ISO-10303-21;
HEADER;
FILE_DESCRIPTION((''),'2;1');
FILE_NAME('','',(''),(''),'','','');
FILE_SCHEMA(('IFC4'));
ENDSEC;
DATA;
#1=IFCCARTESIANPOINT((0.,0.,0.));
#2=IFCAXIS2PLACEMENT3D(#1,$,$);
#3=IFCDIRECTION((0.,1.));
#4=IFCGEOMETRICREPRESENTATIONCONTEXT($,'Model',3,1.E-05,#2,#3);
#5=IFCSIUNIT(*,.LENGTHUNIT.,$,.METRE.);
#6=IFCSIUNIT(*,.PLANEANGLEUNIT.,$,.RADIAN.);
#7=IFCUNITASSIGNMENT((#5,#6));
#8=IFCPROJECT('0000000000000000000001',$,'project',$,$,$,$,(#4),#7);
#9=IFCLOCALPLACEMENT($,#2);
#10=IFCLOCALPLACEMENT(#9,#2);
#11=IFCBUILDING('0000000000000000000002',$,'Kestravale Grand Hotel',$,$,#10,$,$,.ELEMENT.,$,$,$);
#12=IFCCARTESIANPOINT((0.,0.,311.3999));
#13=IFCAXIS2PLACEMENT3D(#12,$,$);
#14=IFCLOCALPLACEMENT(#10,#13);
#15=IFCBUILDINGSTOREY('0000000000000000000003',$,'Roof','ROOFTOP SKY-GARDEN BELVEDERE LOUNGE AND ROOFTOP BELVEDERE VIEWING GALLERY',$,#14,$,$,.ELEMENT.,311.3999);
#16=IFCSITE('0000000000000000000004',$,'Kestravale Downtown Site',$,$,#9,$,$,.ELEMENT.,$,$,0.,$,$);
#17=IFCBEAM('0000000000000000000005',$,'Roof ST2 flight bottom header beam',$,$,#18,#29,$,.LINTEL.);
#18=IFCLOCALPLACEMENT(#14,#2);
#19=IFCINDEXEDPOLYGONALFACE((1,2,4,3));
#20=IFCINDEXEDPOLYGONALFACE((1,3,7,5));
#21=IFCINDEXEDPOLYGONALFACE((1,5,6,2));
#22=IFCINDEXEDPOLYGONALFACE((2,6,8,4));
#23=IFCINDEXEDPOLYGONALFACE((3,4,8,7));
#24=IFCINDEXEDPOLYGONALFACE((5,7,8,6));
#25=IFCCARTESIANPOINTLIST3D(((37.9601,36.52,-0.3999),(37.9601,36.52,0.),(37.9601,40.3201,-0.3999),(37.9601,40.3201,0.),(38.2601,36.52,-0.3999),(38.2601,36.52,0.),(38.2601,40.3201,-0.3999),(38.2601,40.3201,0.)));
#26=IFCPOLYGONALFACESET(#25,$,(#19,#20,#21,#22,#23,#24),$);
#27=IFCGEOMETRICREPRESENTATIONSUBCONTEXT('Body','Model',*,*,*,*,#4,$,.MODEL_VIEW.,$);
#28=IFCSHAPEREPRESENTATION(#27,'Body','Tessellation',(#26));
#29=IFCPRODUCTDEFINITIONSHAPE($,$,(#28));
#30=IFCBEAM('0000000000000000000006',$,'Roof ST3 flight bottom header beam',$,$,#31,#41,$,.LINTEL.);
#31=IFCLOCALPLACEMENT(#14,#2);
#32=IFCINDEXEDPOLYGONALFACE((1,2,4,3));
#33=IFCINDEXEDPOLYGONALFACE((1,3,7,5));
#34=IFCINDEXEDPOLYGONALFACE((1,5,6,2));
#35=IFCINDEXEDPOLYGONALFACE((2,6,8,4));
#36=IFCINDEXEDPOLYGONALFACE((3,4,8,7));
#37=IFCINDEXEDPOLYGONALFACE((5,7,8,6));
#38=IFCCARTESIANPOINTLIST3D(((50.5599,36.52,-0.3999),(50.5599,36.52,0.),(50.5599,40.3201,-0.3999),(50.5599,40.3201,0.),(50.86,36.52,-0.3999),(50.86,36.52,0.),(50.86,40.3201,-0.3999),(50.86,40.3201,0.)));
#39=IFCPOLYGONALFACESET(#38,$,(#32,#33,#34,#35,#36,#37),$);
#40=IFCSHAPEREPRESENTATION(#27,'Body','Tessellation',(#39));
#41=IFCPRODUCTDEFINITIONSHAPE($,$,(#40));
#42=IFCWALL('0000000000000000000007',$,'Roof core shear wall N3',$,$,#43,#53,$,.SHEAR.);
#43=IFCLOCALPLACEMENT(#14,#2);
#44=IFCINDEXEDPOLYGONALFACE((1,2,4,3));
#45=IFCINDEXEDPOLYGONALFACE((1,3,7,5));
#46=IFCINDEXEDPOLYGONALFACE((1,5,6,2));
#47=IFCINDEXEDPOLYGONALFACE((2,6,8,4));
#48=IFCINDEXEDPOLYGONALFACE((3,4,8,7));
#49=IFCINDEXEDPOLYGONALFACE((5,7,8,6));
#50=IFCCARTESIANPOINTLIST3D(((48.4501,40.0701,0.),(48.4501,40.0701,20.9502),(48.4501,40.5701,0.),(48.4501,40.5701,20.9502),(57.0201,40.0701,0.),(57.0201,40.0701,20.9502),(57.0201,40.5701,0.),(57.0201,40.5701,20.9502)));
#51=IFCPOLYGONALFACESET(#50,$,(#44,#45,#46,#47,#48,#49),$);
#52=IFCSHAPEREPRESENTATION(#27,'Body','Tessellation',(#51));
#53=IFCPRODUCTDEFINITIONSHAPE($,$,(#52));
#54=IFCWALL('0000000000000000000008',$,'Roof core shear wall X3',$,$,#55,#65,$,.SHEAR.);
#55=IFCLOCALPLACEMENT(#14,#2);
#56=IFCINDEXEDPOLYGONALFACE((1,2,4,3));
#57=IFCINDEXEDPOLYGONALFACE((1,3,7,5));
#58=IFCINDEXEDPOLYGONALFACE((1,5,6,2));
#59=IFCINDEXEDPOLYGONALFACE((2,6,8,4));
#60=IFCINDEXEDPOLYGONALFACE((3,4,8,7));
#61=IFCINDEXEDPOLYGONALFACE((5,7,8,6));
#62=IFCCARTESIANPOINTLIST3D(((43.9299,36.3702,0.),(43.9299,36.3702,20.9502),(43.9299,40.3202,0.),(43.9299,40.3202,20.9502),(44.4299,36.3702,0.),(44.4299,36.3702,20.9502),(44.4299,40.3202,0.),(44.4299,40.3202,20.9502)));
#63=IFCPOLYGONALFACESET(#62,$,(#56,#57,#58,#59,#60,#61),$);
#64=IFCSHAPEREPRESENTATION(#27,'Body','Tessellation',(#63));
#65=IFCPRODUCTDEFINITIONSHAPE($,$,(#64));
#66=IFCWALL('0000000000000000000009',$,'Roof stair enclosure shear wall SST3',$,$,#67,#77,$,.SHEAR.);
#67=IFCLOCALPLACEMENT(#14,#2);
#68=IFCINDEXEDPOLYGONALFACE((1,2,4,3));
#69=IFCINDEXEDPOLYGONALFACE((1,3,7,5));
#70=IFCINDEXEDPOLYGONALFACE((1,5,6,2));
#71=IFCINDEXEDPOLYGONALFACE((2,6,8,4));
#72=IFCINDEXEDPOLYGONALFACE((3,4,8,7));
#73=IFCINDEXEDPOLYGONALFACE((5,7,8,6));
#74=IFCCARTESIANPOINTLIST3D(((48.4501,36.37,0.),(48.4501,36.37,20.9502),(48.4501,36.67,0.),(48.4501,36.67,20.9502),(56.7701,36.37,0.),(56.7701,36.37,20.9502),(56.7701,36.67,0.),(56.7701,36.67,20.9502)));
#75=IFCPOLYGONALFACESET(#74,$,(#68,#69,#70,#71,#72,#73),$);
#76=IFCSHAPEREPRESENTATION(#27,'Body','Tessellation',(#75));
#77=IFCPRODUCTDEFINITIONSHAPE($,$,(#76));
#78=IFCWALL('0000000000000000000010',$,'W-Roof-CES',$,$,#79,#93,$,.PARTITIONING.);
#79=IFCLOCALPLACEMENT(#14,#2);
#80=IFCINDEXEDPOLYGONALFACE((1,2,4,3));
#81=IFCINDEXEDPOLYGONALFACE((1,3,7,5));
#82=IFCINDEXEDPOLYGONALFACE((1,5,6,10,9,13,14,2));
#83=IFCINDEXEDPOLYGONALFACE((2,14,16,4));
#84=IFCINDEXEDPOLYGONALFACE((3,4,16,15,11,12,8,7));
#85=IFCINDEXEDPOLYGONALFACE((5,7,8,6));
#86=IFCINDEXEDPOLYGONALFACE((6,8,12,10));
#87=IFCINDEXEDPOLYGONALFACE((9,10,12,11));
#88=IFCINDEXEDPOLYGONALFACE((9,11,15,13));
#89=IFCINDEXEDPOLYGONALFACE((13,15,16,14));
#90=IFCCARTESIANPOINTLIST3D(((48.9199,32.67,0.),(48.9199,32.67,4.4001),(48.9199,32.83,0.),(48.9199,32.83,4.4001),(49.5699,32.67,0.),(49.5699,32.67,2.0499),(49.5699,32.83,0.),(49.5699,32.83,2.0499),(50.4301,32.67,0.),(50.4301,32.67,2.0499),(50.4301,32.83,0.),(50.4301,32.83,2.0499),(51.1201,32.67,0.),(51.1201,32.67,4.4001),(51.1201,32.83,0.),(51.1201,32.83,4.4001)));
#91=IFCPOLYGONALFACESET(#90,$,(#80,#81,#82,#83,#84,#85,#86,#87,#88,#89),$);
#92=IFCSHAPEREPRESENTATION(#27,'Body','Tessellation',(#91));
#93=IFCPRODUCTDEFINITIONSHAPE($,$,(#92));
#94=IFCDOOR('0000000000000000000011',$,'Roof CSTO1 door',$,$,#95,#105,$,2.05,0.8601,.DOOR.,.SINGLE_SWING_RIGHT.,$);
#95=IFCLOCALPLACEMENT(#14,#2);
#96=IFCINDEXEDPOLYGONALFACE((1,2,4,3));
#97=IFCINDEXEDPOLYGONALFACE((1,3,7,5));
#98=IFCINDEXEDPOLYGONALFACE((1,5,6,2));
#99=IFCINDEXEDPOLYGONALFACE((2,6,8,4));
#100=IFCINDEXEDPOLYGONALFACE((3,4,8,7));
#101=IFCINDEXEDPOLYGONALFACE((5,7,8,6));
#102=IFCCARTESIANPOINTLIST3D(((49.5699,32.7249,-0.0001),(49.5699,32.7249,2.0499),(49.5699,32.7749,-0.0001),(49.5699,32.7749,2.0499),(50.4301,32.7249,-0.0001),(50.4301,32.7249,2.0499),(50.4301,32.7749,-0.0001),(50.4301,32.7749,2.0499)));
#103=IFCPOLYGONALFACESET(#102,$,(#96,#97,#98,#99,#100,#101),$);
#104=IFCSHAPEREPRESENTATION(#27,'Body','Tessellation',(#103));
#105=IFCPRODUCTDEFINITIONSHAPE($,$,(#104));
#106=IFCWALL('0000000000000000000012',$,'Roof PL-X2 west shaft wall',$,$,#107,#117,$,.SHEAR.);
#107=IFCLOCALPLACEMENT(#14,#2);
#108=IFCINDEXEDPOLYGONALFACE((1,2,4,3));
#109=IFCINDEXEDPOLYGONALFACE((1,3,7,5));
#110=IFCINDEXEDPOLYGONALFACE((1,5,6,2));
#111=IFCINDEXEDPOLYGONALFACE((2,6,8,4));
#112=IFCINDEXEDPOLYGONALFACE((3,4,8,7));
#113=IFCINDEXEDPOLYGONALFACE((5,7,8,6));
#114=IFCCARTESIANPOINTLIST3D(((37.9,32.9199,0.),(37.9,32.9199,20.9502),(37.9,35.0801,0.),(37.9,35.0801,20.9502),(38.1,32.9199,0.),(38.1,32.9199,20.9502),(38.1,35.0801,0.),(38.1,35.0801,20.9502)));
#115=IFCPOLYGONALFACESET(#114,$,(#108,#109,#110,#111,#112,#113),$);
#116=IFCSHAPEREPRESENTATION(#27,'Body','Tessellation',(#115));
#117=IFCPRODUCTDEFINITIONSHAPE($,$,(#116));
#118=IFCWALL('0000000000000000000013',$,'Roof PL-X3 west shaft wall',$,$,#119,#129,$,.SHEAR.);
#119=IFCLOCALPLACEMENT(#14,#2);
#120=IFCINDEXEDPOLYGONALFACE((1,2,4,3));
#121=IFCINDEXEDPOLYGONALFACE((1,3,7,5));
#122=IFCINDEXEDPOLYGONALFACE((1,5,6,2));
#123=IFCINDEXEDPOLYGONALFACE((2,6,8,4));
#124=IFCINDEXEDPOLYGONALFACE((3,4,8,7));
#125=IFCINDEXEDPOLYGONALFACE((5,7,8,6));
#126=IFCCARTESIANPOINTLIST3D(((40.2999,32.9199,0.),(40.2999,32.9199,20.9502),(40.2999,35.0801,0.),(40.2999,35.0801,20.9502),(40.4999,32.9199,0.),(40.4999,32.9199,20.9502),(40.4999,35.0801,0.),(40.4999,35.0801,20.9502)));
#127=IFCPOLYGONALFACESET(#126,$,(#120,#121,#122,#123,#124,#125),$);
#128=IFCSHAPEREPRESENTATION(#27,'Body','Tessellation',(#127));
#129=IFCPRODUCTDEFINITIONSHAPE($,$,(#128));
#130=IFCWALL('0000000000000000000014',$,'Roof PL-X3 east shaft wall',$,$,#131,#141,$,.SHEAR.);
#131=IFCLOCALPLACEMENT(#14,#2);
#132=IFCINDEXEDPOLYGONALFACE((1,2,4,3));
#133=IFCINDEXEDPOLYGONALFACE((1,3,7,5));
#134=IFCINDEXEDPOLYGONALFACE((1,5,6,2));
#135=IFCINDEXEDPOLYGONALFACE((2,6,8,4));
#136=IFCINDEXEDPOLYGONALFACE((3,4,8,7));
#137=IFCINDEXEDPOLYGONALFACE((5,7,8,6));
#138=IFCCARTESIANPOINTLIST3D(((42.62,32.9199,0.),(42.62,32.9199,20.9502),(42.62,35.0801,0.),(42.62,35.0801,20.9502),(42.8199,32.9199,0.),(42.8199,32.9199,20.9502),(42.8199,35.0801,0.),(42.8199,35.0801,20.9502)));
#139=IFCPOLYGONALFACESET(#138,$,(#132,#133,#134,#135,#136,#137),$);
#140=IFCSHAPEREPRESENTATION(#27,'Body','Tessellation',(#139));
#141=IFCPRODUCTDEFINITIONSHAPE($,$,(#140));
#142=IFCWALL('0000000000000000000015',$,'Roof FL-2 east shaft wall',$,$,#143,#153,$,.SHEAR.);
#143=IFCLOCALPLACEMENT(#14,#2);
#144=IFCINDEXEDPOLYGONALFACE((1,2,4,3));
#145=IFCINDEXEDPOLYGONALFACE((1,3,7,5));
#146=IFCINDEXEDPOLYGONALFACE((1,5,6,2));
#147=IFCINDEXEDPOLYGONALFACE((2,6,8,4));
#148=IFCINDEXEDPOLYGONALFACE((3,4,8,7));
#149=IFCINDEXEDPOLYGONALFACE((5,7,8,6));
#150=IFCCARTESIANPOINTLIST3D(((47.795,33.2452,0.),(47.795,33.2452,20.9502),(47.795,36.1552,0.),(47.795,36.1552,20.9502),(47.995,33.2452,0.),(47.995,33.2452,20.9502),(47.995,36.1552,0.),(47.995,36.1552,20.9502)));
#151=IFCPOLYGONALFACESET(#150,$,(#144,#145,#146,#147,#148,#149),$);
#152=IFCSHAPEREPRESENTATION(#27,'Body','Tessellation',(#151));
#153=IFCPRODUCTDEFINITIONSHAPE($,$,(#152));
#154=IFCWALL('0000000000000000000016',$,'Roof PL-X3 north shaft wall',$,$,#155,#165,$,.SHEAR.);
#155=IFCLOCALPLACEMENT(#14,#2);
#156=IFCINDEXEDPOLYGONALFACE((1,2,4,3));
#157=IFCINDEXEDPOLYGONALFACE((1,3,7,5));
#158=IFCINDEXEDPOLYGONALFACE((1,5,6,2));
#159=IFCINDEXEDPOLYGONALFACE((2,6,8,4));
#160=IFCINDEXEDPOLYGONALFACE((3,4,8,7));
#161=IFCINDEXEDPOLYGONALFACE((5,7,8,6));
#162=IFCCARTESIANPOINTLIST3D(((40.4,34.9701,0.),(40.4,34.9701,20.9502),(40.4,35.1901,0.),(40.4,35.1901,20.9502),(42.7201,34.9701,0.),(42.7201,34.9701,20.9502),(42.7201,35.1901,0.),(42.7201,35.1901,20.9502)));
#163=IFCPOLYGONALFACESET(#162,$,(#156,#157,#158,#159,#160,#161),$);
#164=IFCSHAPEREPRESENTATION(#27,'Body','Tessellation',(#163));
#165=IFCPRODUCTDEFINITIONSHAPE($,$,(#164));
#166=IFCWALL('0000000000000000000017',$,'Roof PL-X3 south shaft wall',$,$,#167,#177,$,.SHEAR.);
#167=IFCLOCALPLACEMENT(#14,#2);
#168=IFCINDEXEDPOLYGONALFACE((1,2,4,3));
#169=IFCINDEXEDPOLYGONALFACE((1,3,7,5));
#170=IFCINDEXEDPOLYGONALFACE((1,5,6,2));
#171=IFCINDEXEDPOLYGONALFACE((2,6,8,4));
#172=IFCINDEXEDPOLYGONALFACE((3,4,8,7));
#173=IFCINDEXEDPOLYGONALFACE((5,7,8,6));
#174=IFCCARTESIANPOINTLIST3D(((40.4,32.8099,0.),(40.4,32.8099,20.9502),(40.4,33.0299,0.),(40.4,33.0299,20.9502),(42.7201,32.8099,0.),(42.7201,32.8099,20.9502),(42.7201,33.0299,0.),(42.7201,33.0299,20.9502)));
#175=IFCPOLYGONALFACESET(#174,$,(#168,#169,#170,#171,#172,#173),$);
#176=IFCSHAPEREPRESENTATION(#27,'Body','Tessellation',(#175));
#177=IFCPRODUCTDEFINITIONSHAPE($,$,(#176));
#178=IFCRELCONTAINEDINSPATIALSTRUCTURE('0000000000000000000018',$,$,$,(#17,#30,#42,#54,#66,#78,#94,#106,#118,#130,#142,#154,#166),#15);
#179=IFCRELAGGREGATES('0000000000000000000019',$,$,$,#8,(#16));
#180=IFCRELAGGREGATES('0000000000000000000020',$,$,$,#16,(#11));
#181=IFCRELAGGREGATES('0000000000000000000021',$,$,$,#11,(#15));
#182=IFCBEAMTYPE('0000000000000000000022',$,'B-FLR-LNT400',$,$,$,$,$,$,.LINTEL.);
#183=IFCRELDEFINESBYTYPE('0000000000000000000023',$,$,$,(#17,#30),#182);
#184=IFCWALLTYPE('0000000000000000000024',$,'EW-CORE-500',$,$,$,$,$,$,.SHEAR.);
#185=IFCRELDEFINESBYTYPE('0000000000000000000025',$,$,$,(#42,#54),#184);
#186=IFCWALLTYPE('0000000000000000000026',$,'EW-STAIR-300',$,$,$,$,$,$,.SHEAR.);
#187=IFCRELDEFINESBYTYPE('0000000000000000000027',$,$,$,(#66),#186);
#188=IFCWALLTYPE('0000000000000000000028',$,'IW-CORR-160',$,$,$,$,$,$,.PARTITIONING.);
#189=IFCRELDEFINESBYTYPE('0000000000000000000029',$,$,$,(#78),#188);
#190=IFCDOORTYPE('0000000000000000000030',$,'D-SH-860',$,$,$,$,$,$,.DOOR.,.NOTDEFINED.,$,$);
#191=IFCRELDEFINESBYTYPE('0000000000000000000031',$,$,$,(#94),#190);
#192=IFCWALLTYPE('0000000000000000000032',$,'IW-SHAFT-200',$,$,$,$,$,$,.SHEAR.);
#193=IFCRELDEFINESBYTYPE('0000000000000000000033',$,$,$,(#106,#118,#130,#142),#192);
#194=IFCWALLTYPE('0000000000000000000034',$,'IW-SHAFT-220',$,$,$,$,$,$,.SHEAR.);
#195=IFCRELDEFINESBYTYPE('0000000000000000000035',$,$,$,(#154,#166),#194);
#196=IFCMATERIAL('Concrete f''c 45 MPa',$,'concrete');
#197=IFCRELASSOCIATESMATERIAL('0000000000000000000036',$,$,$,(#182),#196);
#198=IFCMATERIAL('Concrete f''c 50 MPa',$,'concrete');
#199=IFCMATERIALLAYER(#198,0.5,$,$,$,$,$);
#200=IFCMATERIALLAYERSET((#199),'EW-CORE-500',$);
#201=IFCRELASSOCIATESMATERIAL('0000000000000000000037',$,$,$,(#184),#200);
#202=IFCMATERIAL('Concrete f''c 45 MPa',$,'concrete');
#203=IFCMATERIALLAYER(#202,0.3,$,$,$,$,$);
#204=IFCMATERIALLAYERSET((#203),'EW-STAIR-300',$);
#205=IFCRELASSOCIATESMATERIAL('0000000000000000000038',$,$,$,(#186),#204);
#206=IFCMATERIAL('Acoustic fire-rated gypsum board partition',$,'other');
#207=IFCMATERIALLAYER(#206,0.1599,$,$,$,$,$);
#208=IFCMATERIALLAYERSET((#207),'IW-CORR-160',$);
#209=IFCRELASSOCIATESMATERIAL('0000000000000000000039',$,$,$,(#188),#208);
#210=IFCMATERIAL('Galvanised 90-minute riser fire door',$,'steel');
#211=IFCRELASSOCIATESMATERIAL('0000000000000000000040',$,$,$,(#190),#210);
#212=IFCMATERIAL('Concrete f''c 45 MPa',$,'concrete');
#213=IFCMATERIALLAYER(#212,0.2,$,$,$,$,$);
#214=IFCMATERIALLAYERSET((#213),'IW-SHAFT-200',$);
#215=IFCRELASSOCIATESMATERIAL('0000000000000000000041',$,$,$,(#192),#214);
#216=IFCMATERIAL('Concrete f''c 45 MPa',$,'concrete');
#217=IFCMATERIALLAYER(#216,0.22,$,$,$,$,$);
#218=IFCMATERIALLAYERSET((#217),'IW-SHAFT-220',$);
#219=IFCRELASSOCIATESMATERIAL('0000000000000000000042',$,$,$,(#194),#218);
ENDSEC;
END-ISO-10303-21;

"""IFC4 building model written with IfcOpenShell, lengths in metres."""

from ifc_helpers import new_model, si_unit, direction, frame, frame_2d, origin, origin_2d, place, context, subcontext, project, spatial, rectangle, extrude, material, layer, layer_set, material_profile, profile_set, type_object, element, fill, save


model = new_model("IFC4")

# Units and contexts
model_context = context("Model", 3, precision=1e-05, world=origin(), true_north=direction((0.0, 1.0)))
body_context = subcontext(model_context, "Body", "Model", "MODEL_VIEW")
ifc_project = project(units=[si_unit("LENGTHUNIT", "METRE"), si_unit("PLANEANGLEUNIT", "RADIAN")], contexts=[model_context])

# Site, building, storey
site_placement = place(None, origin())
site = spatial("IfcSite", under=ifc_project, at=site_placement, Name="Kestravale Downtown Site", CompositionType="ELEMENT", RefElevation=0.0)
building_placement = place(site_placement, origin())
building = spatial("IfcBuilding", under=site, at=building_placement, Name="Kestravale Grand Hotel", CompositionType="ELEMENT")
storey_placement = place(building_placement, frame((0.0, 0.0, 311.3999)))
storey = spatial("IfcBuildingStorey", under=building, at=storey_placement, Name="Roof", Description="ROOFTOP SKY-GARDEN BELVEDERE LOUNGE AND ROOFTOP BELVEDERE VIEWING GALLERY", CompositionType="ELEMENT", Elevation=311.3999)

# Beams
ifc_material_1 = material(Name="Concrete f'c 45 MPa", Category="concrete")
ifc_material_profile = material_profile(ifc_material_1, rectangle(XDim=0.3, YDim=0.3999, at=origin_2d()))
ifc_profile_set = profile_set([ifc_material_profile], Name="Concrete f'c 45 MPa")
beam_type = type_object("IfcBeamType", Name="B-FLR-LNT400", PredefinedType="LINTEL", material=ifc_profile_set)
for number, where, z_axis, x_axis, name in (
    (1, (38.1101, 36.52, -0.2), (0.0, 1.0, 0.0), (-1.0, 0.0, 0.0), "Roof ST2 flight bottom header beam"),
    (2, (50.71, 36.52, -0.2), (0.0, 1.0, 0.0), (-1.0, 0.0, 0.0), "Roof ST3 flight bottom header beam"),
):
    element("IfcBeam", number, at=place(storey_placement, frame(where, z_axis=z_axis, x_axis=x_axis)), inside=storey, type_object=beam_type, Name=name, PredefinedType="LINTEL", context=body_context, shape_type="SweptSolid", body=[
        extrude(rectangle(XDim=0.3, YDim=0.3999, at=origin_2d()), origin(), (0.0, 0.0, 1.0), 3.8),
    ])

# Walls
ifc_material_2 = material(Name="Concrete f'c 50 MPa", Category="concrete")
ifc_layer_1 = layer(ifc_material_2, 0.5)
ifc_layer_set_1 = layer_set([ifc_layer_1], Name="EW-CORE-500")
wall_type_1 = type_object("IfcWallType", Name="EW-CORE-500", PredefinedType="SHEAR", material=ifc_layer_set_1)
wall_1_placement = place(storey_placement, frame((48.45, 40.3201, 0.0), z_axis=(0.0, 0.0, 1.0), x_axis=(1.0, 0.0, 0.0)))
element("IfcWall", 3, at=wall_1_placement, inside=storey, type_object=wall_type_1, Name="Roof core shear wall N3", PredefinedType="SHEAR", context=body_context, shape_type="SweptSolid", body=[
    extrude(rectangle(XDim=8.5701, YDim=0.5, at=frame_2d((4.2852, 0.0))), origin(), (0.0, 0.0, 1.0), 20.9502),
])
wall_2_placement = place(storey_placement, frame((44.1799, 36.3701, 0.0), z_axis=(0.0, 0.0, 1.0), x_axis=(0.0, 1.0, 0.0)))
element("IfcWall", 4, at=wall_2_placement, inside=storey, type_object=wall_type_1, Name="Roof core shear wall X3", PredefinedType="SHEAR", context=body_context, shape_type="SweptSolid", body=[
    extrude(rectangle(XDim=3.95, YDim=0.5, at=frame_2d((1.9751, 0.0))), origin(), (0.0, 0.0, 1.0), 20.9502),
])
ifc_material_3 = material(Name="Concrete f'c 45 MPa", Category="concrete")
ifc_layer_2 = layer(ifc_material_3, 0.3)
ifc_layer_set_2 = layer_set([ifc_layer_2], Name="EW-STAIR-300")
wall_type_2 = type_object("IfcWallType", Name="EW-STAIR-300", PredefinedType="SHEAR", material=ifc_layer_set_2)
wall_3_placement = place(storey_placement, frame((48.45, 36.52, 0.0), z_axis=(0.0, 0.0, 1.0), x_axis=(1.0, 0.0, 0.0)))
element("IfcWall", 5, at=wall_3_placement, inside=storey, type_object=wall_type_2, Name="Roof stair enclosure shear wall SST3", PredefinedType="SHEAR", context=body_context, shape_type="SweptSolid", body=[
    extrude(rectangle(XDim=8.3201, YDim=0.3, at=frame_2d((4.1602, 0.0))), origin(), (0.0, 0.0, 1.0), 20.9502),
])

# Wall, opening, door
ifc_material_4 = material(Name="Acoustic fire-rated gypsum board partition", Category="other")
ifc_layer_3 = layer(ifc_material_4, 0.1599)
ifc_layer_set_3 = layer_set([ifc_layer_3], Name="IW-CORR-160")
wall_type_3 = type_object("IfcWallType", Name="IW-CORR-160", PredefinedType="PARTITIONING", material=ifc_layer_set_3)
wall_4_placement = place(storey_placement, frame((48.9199, 32.75, 0.0), z_axis=(0.0, 0.0, 1.0), x_axis=(1.0, 0.0, 0.0)))
wall_4 = element("IfcWall", 6, at=wall_4_placement, inside=storey, type_object=wall_type_3, Name="W-Roof-CES", PredefinedType="PARTITIONING", context=body_context, shape_type="SweptSolid", body=[
    extrude(rectangle(XDim=2.2002, YDim=0.1599, at=frame_2d((1.1001, 0.0))), origin(), (0.0, 0.0, 1.0), 4.4001),
])
opening_1_placement = place(wall_4_placement, frame((0.6499, 0.0, 0.0)))
opening_1 = element("IfcOpeningElement", 7, at=opening_1_placement, cuts=wall_4, PredefinedType="OPENING", context=body_context, shape_type="SweptSolid", body=[
    extrude(rectangle(XDim=0.8601, YDim=2.05, at=frame_2d((0.4302, 1.0249))), frame((0.0, 0.0898, 0.0), z_axis=(0.0, -1.0, 0.0), x_axis=(1.0, 0.0, 0.0)), (0.0, 0.0, 1.0), 0.1799),
])
ifc_material_5 = material(Name="Galvanised 90-minute riser fire door", Category="steel")
door_type_1 = type_object("IfcDoorType", Name="D-SH-860", OperationType="NOTDEFINED", PredefinedType="DOOR", material=ifc_material_5)
door_1_placement = place(opening_1_placement, origin())
door_1 = element("IfcDoor", 8, at=door_1_placement, inside=storey, type_object=door_type_1, Name="Roof CSTO1 door", OperationType="SINGLE_SWING_RIGHT", OverallHeight=2.05, OverallWidth=0.8601, PredefinedType="DOOR", context=body_context, shape_type="SweptSolid", body=[
    extrude(rectangle(XDim=0.8601, YDim=2.05, at=frame_2d((0.4302, 1.0249))), frame((0.0, 0.0249, 0.0), z_axis=(0.0, -1.0, 0.0), x_axis=(1.0, 0.0, 0.0)), (0.0, 0.0, 1.0), 0.05),
])
fill(opening_1, door_1)

# Walls
ifc_material_6 = material(Name="Concrete f'c 45 MPa", Category="concrete")
ifc_layer_4 = layer(ifc_material_6, 0.2)
ifc_layer_set_4 = layer_set([ifc_layer_4], Name="IW-SHAFT-200")
wall_type_4 = type_object("IfcWallType", Name="IW-SHAFT-200", PredefinedType="SHEAR", material=ifc_layer_set_4)
for number, where, z_axis, x_axis, name in (
    (9, (38.0, 32.9199, 0.0), (0.0, 0.0, 1.0), (0.0, 1.0, 0.0), "Roof PL-X2 west shaft wall"),
    (10, (40.3999, 32.9199, 0.0), (0.0, 0.0, 1.0), (0.0, 1.0, 0.0), "Roof PL-X3 west shaft wall"),
    (11, (42.72, 32.9199, 0.0), (0.0, 0.0, 1.0), (0.0, 1.0, 0.0), "Roof PL-X3 east shaft wall"),
):
    element("IfcWall", number, at=place(storey_placement, frame(where, z_axis=z_axis, x_axis=x_axis)), inside=storey, type_object=wall_type_4, Name=name, PredefinedType="SHEAR", context=body_context, shape_type="SweptSolid", body=[
        extrude(rectangle(XDim=2.1602, YDim=0.2, at=frame_2d((1.0801, 0.0))), origin(), (0.0, 0.0, 1.0), 20.9502),
    ])
wall_5_placement = place(storey_placement, frame((47.895, 33.2451, 0.0), z_axis=(0.0, 0.0, 1.0), x_axis=(0.0, 1.0, 0.0)))
element("IfcWall", 12, at=wall_5_placement, inside=storey, type_object=wall_type_4, Name="Roof FL-2 east shaft wall", PredefinedType="SHEAR", context=body_context, shape_type="SweptSolid", body=[
    extrude(rectangle(XDim=2.9099, YDim=0.2, at=frame_2d((1.4551, 0.0))), origin(), (0.0, 0.0, 1.0), 20.9502),
])
ifc_material_7 = material(Name="Concrete f'c 45 MPa", Category="concrete")
ifc_layer_5 = layer(ifc_material_7, 0.22)
ifc_layer_set_5 = layer_set([ifc_layer_5], Name="IW-SHAFT-220")
wall_type_5 = type_object("IfcWallType", Name="IW-SHAFT-220", PredefinedType="SHEAR", material=ifc_layer_set_5)
for number, where, z_axis, x_axis, name in (
    (13, (40.3999, 35.0801, 0.0), (0.0, 0.0, 1.0), (1.0, 0.0, 0.0), "Roof PL-X3 north shaft wall"),
    (14, (40.3999, 32.9199, 0.0), (0.0, 0.0, 1.0), (1.0, 0.0, 0.0), "Roof PL-X3 south shaft wall"),
):
    element("IfcWall", number, at=place(storey_placement, frame(where, z_axis=z_axis, x_axis=x_axis)), inside=storey, type_object=wall_type_5, Name=name, PredefinedType="SHEAR", context=body_context, shape_type="SweptSolid", body=[
        extrude(rectangle(XDim=2.3201, YDim=0.22, at=frame_2d((1.1602, 0.0))), origin(), (0.0, 0.0, 1.0), 20.9502),
    ])

save(model, "model.ifc")
